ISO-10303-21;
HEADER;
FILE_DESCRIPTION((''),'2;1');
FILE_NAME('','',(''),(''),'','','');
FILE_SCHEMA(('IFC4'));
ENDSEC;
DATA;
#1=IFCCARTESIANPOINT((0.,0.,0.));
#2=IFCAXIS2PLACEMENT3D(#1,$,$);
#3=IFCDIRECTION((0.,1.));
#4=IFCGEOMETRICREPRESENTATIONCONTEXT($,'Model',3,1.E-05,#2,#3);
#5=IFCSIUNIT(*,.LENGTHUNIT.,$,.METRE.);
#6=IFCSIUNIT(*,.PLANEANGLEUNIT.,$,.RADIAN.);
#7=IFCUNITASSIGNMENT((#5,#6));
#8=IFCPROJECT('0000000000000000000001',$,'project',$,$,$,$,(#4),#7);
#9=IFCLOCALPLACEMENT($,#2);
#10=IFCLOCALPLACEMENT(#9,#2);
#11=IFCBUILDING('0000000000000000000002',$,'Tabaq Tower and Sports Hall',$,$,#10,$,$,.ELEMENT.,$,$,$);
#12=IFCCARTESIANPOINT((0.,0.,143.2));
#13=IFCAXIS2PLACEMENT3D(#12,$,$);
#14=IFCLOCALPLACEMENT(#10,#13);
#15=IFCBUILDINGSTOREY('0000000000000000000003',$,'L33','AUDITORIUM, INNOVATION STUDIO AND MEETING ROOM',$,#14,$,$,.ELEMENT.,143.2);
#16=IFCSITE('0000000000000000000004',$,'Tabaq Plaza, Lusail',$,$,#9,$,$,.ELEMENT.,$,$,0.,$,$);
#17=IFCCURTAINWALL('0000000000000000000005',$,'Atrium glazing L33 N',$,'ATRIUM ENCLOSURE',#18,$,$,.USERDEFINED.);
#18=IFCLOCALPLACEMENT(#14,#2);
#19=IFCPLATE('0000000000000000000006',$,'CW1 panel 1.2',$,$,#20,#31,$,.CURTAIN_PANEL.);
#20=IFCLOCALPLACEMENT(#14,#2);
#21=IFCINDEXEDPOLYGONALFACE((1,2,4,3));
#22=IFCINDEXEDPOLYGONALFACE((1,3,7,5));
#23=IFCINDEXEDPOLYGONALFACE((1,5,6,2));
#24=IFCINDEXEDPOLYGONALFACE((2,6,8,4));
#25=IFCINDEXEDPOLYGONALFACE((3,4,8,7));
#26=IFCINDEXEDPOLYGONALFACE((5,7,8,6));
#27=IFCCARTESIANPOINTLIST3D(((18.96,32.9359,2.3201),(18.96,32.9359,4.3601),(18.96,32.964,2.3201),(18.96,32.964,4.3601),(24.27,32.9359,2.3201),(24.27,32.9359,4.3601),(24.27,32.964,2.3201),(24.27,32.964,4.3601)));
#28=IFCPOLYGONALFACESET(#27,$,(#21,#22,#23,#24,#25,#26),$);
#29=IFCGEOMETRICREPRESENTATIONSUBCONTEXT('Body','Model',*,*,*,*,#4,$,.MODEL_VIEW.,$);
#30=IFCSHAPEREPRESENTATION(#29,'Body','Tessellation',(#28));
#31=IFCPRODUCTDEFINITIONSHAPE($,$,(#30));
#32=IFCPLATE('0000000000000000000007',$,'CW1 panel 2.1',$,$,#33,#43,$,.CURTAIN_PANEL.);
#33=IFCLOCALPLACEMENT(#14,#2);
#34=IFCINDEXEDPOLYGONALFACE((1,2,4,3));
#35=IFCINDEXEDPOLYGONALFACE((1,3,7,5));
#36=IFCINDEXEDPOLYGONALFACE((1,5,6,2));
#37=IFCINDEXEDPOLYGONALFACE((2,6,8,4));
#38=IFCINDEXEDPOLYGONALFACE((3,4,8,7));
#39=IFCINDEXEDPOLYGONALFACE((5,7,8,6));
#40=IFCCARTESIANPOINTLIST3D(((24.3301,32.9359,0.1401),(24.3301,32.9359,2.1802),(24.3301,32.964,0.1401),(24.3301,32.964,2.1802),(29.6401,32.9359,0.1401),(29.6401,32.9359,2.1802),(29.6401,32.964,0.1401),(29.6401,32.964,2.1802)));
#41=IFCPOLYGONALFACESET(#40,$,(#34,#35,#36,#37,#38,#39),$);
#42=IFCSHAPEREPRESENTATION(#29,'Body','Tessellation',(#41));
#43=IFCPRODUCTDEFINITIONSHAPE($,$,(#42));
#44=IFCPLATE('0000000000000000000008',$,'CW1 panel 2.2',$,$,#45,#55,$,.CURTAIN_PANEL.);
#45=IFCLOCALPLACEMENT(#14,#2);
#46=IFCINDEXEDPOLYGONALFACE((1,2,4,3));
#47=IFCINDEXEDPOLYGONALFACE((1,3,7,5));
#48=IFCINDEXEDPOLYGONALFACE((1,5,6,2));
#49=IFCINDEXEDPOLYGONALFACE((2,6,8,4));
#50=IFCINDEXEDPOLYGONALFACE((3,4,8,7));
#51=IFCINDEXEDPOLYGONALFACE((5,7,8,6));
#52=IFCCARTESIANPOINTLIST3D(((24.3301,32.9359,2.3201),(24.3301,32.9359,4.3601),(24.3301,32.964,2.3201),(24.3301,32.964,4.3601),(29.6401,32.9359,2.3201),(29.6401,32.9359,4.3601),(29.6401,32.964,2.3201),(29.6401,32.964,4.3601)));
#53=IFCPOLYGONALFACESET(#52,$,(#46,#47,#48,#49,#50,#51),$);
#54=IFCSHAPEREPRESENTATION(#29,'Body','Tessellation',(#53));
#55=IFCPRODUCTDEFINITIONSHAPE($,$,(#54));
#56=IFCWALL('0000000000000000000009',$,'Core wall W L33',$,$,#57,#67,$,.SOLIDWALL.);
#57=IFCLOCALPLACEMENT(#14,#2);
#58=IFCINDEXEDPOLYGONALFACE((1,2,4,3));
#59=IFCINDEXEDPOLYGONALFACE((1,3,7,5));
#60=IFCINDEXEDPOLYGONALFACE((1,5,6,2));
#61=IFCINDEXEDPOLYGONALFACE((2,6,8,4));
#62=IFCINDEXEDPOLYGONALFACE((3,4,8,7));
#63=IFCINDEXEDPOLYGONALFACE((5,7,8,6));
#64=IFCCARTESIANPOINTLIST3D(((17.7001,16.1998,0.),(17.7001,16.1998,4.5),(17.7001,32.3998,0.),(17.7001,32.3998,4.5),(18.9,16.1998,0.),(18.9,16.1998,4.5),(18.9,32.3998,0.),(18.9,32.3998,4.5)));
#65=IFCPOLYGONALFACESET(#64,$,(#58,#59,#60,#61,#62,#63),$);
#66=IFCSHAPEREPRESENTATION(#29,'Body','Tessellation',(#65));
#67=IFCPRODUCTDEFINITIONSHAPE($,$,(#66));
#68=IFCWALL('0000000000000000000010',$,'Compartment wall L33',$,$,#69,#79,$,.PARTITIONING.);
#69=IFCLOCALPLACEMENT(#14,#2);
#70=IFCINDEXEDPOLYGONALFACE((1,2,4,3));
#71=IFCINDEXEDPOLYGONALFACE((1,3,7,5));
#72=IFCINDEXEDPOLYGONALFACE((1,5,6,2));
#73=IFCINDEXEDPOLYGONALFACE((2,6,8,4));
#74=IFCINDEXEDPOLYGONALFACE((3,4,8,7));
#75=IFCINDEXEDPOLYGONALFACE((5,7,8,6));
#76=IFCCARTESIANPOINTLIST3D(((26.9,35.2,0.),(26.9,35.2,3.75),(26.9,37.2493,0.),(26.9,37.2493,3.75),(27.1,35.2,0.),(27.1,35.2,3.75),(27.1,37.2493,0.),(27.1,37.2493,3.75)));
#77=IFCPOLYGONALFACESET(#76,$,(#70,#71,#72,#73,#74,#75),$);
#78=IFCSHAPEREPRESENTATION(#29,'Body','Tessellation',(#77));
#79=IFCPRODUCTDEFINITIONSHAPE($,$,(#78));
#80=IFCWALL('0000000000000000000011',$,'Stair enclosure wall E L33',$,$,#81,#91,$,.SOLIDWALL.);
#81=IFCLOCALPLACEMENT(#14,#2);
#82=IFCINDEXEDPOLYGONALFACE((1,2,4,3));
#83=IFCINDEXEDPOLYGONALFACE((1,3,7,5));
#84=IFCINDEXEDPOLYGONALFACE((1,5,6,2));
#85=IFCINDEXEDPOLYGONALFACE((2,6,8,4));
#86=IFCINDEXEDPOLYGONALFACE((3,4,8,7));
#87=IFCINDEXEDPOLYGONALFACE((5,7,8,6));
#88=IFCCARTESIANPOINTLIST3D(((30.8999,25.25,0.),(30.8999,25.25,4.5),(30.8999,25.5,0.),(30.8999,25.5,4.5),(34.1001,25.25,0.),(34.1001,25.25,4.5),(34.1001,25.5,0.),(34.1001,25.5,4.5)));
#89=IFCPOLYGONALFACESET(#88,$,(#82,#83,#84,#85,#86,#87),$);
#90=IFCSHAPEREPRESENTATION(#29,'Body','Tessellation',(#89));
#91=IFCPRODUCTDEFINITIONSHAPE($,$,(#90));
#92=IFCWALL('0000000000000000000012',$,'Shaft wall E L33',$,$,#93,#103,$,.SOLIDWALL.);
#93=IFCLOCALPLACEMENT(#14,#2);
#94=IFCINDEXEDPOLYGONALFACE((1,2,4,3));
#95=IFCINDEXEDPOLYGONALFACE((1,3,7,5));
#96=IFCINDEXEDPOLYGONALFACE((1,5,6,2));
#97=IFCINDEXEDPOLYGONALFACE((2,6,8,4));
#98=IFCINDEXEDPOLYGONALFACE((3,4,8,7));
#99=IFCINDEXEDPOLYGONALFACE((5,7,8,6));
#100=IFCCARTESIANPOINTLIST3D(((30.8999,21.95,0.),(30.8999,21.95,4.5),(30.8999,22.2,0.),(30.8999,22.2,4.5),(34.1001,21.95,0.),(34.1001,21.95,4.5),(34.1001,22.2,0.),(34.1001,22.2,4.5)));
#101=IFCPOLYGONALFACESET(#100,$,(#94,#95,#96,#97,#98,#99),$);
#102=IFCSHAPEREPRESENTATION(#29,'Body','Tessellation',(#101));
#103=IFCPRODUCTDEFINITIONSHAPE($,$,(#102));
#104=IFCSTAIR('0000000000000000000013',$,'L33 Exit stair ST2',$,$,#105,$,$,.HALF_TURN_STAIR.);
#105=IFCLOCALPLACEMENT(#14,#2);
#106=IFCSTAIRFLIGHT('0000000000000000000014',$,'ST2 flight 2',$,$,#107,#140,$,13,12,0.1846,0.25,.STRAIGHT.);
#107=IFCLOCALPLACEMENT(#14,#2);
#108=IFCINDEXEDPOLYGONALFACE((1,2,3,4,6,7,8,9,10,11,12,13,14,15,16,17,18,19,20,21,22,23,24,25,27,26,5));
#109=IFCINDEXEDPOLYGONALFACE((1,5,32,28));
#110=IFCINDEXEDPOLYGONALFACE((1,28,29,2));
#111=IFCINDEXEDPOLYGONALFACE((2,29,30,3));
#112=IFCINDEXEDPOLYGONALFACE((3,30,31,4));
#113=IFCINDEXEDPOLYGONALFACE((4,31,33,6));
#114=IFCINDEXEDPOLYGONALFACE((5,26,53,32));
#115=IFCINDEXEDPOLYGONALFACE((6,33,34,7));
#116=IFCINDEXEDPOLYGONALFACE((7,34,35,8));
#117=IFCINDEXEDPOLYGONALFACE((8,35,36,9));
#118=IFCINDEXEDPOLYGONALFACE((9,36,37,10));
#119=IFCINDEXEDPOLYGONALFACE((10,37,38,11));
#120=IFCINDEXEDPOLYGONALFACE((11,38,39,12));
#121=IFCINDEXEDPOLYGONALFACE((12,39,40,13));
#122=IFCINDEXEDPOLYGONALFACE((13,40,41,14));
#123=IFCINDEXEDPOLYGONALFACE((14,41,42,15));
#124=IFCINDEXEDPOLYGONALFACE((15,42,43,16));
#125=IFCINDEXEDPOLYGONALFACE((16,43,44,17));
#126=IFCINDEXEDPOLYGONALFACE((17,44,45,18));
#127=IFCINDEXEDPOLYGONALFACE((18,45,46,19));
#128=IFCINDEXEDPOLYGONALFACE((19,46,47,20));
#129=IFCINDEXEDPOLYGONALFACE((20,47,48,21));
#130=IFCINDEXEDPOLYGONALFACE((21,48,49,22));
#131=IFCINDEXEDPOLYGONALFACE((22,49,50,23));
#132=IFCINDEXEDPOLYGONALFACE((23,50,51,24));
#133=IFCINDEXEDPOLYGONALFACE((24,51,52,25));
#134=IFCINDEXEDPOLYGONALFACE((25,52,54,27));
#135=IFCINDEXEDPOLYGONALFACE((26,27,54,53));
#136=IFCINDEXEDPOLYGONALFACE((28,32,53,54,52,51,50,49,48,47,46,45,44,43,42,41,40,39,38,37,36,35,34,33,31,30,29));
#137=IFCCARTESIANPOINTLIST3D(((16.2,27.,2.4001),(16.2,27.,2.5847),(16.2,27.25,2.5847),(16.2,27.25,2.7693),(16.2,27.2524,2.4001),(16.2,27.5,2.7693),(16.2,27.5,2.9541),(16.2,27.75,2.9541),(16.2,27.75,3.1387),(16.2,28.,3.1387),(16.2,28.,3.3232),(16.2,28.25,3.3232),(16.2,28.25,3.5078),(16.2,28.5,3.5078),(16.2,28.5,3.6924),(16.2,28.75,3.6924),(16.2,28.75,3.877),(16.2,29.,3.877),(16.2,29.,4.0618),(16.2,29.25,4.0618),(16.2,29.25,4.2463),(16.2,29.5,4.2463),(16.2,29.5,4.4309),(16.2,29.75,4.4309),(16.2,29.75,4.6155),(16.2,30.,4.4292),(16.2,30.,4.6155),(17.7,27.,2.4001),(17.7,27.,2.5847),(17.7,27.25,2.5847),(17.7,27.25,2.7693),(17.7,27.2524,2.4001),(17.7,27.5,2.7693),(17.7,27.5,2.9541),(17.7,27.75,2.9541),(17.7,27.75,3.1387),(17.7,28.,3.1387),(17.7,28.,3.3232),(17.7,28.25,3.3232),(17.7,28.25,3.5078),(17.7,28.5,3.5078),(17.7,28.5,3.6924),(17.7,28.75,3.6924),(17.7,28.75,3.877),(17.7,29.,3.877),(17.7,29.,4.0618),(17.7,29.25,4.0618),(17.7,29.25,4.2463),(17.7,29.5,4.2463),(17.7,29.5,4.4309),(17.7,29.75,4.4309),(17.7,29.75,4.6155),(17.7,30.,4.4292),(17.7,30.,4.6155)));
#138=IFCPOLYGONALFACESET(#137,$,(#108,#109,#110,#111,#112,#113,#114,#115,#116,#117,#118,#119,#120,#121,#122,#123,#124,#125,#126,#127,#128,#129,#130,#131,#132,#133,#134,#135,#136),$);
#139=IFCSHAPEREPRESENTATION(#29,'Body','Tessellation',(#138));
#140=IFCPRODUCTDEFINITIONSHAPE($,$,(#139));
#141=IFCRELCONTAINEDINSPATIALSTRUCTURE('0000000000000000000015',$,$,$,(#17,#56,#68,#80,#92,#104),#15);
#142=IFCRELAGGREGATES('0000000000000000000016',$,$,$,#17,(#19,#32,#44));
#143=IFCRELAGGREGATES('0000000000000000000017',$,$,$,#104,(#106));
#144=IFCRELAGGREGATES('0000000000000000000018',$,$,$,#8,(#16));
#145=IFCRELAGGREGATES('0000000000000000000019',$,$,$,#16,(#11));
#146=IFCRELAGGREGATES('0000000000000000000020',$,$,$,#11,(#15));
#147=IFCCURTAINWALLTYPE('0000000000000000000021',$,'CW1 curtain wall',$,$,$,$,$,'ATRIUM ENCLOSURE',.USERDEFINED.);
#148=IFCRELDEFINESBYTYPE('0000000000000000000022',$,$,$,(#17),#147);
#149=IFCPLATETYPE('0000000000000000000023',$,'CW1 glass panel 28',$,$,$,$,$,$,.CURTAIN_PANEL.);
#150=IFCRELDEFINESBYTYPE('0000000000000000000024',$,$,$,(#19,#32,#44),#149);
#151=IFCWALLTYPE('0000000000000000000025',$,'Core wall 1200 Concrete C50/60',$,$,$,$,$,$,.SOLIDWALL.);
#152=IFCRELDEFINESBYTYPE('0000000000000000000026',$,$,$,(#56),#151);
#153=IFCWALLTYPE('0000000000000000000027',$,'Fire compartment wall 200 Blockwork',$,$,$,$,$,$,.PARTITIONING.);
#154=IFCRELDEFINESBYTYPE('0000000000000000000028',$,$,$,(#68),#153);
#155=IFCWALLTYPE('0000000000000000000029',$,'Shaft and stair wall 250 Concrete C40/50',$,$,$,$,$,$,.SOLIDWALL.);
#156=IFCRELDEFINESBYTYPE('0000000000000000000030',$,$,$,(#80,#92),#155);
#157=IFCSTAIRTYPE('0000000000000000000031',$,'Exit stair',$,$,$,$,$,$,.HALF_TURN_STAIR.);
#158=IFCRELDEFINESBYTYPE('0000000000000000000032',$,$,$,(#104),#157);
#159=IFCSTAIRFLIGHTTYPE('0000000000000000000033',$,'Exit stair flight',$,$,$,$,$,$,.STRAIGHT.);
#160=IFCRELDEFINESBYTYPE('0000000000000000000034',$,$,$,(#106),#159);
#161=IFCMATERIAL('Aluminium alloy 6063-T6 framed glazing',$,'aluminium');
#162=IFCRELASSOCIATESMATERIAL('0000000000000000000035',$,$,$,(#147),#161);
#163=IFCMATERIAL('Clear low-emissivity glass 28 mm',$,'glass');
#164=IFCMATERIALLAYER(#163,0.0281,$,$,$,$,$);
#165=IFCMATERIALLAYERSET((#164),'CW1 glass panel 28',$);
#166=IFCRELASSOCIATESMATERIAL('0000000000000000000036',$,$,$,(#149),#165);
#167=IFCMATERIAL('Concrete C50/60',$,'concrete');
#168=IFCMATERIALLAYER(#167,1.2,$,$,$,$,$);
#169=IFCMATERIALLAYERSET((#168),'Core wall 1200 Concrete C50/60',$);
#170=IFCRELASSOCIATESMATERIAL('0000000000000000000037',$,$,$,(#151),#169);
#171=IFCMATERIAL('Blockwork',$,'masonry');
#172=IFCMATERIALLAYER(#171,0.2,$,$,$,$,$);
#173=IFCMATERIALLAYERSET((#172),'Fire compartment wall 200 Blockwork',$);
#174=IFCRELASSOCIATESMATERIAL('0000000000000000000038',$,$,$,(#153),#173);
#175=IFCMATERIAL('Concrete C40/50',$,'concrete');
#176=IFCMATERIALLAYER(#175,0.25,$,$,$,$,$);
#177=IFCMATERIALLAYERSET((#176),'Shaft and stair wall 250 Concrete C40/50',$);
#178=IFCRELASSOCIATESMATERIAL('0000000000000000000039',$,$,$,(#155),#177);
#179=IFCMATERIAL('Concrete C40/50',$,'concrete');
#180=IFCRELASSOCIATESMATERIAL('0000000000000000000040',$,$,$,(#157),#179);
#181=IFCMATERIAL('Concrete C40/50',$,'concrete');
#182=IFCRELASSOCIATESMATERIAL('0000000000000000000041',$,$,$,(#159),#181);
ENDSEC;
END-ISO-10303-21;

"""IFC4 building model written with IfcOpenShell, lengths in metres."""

from ifc_helpers import new_model, si_unit, direction, frame, frame_2d, origin, origin_2d, place, context, subcontext, project, spatial, polyline, rectangle, outline, extrude, material, layer, layer_set, type_object, element, aggregate, save


model = new_model("IFC4")

# Units and contexts
model_context = context("Model", 3, precision=1e-05, world=origin(), true_north=direction((0.0, 1.0)))
body_context = subcontext(model_context, "Body", "Model", "MODEL_VIEW")
ifc_project = project(units=[si_unit("LENGTHUNIT", "METRE"), si_unit("PLANEANGLEUNIT", "RADIAN")], contexts=[model_context])

# Site, building, storey
site_placement = place(None, origin())
site = spatial("IfcSite", under=ifc_project, at=site_placement, Name="Tabaq Plaza, Lusail", CompositionType="ELEMENT", RefElevation=0.0)
building_placement = place(site_placement, origin())
building = spatial("IfcBuilding", under=site, at=building_placement, Name="Tabaq Tower and Sports Hall", CompositionType="ELEMENT")
storey_placement = place(building_placement, frame((0.0, 0.0, 143.2)))
storey = spatial("IfcBuildingStorey", under=building, at=storey_placement, Name="L33", Description="AUDITORIUM, INNOVATION STUDIO AND MEETING ROOM", CompositionType="ELEMENT", Elevation=143.2)

# Curtain wall
ifc_material_1 = material(Name="Aluminium alloy 6063-T6 framed glazing", Category="aluminium")
curtain_wall_type = type_object("IfcCurtainWallType", Name="CW1 curtain wall", ElementType="ATRIUM ENCLOSURE", PredefinedType="USERDEFINED", material=ifc_material_1)
curtain_wall_placement = place(storey_placement, origin())
curtain_wall = element("IfcCurtainWall", 1, at=curtain_wall_placement, inside=storey, type_object=curtain_wall_type, Name="Atrium glazing L33 N", ObjectType="ATRIUM ENCLOSURE", PredefinedType="USERDEFINED")

# Plates
ifc_material_2 = material(Name="Clear low-emissivity glass 28 mm", Category="glass")
ifc_layer_1 = layer(ifc_material_2, 0.0281)
ifc_layer_set_1 = layer_set([ifc_layer_1], Name="CW1 glass panel 28")
plate_type = type_object("IfcPlateType", Name="CW1 glass panel 28", PredefinedType="CURTAIN_PANEL", material=ifc_layer_set_1)
plate_1_placement = place(storey_placement, frame((21.615, 32.95, 2.3201), z_axis=(0.0, 0.0, 1.0), x_axis=(1.0, 0.0, 0.0)))
plate_1 = element("IfcPlate", 2, at=plate_1_placement, type_object=plate_type, Name="CW1 panel 1.2", PredefinedType="CURTAIN_PANEL", context=body_context, shape_type="SweptSolid", body=[
    extrude(rectangle(XDim=5.3101, YDim=0.0281, at=origin_2d()), origin(), (0.0, 0.0, 1.0), 2.04),
])
plate_2_placement = place(storey_placement, frame((26.9851, 32.95, 0.1401), z_axis=(0.0, 0.0, 1.0), x_axis=(1.0, 0.0, 0.0)))
plate_2 = element("IfcPlate", 3, at=plate_2_placement, type_object=plate_type, Name="CW1 panel 2.1", PredefinedType="CURTAIN_PANEL", context=body_context, shape_type="SweptSolid", body=[
    extrude(rectangle(XDim=5.3101, YDim=0.0281, at=origin_2d()), origin(), (0.0, 0.0, 1.0), 2.04),
])
plate_3_placement = place(storey_placement, frame((26.9851, 32.95, 2.3201), z_axis=(0.0, 0.0, 1.0), x_axis=(1.0, 0.0, 0.0)))
plate_3 = element("IfcPlate", 4, at=plate_3_placement, type_object=plate_type, Name="CW1 panel 2.2", PredefinedType="CURTAIN_PANEL", context=body_context, shape_type="SweptSolid", body=[
    extrude(rectangle(XDim=5.3101, YDim=0.0281, at=origin_2d()), origin(), (0.0, 0.0, 1.0), 2.04),
])
aggregate(curtain_wall, [plate_1, plate_2, plate_3])

# Wall
ifc_material_3 = material(Name="Concrete C50/60", Category="concrete")
ifc_layer_2 = layer(ifc_material_3, 1.2)
ifc_layer_set_2 = layer_set([ifc_layer_2], Name="Core wall 1200 Concrete C50/60")
wall_type_1 = type_object("IfcWallType", Name="Core wall 1200 Concrete C50/60", PredefinedType="SOLIDWALL", material=ifc_layer_set_2)
wall_1_placement = place(storey_placement, frame((18.3, 32.3999, 0.0), z_axis=(0.0, 0.0, 1.0), x_axis=(0.0, -1.0, 0.0)))
element("IfcWall", 5, at=wall_1_placement, inside=storey, type_object=wall_type_1, Name="Core wall W L33", PredefinedType="SOLIDWALL", context=body_context, shape_type="SweptSolid", body=[
    extrude(rectangle(XDim=16.2, YDim=1.2, at=frame_2d((8.1001, 0.0))), origin(), (0.0, 0.0, 1.0), 4.5),
])

# Walls
ifc_material_4 = material(Name="Blockwork", Category="masonry")
ifc_layer_3 = layer(ifc_material_4, 0.2)
ifc_layer_set_3 = layer_set([ifc_layer_3], Name="Fire compartment wall 200 Blockwork")
wall_type_2 = type_object("IfcWallType", Name="Fire compartment wall 200 Blockwork", PredefinedType="PARTITIONING", material=ifc_layer_set_3)
wall_2_placement = place(storey_placement, frame((27.0, 35.2, 0.0), z_axis=(0.0, 0.0, 1.0), x_axis=(0.0, 1.0, 0.0)))
element("IfcWall", 6, at=wall_2_placement, inside=storey, type_object=wall_type_2, Name="Compartment wall L33", PredefinedType="PARTITIONING", context=body_context, shape_type="SweptSolid", body=[
    extrude(rectangle(XDim=2.0493, YDim=0.2, at=frame_2d((1.0247, 0.0))), origin(), (0.0, 0.0, 1.0), 3.75),
])
ifc_material_5 = material(Name="Concrete C40/50", Category="concrete")
ifc_layer_4 = layer(ifc_material_5, 0.25)
ifc_layer_set_4 = layer_set([ifc_layer_4], Name="Shaft and stair wall 250 Concrete C40/50")
wall_type_3 = type_object("IfcWallType", Name="Shaft and stair wall 250 Concrete C40/50", PredefinedType="SOLIDWALL", material=ifc_layer_set_4)
for number, where, z_axis, x_axis, name in (
    (7, (30.8999, 25.375, 0.0), (0.0, 0.0, 1.0), (1.0, 0.0, 0.0), "Stair enclosure wall E L33"),
    (8, (30.8999, 22.075, 0.0), (0.0, 0.0, 1.0), (1.0, 0.0, 0.0), "Shaft wall E L33"),
):
    element("IfcWall", number, at=place(storey_placement, frame(where, z_axis=z_axis, x_axis=x_axis)), inside=storey, type_object=wall_type_3, Name=name, PredefinedType="SOLIDWALL", context=body_context, shape_type="SweptSolid", body=[
        extrude(rectangle(XDim=3.2002, YDim=0.25, at=frame_2d((1.6001, 0.0))), origin(), (0.0, 0.0, 1.0), 4.5),
    ])

# Stair, stair flight
ifc_material_6 = material(Name="Concrete C40/50", Category="concrete")
stair_type = type_object("IfcStairType", Name="Exit stair", PredefinedType="HALF_TURN_STAIR", material=ifc_material_6)
stair_placement = place(storey_placement, origin())
stair = element("IfcStair", 9, at=stair_placement, inside=storey, type_object=stair_type, Name="L33 Exit stair ST2", PredefinedType="HALF_TURN_STAIR")
ifc_material_7 = material(Name="Concrete C40/50", Category="concrete")
stair_flight_type = type_object("IfcStairFlightType", Name="Exit stair flight", PredefinedType="STRAIGHT", material=ifc_material_7)
stair_flight_placement = place(storey_placement, frame((16.95, 27.0, 2.4001), z_axis=(0.0, 0.0, 1.0), x_axis=(0.0, 1.0, 0.0)))
stair_flight = element("IfcStairFlight", 10, at=stair_flight_placement, type_object=stair_flight_type, Name="ST2 flight 2", NumberOfRisers=13, NumberOfTreads=12, PredefinedType="STRAIGHT", RiserHeight=0.1846, TreadLength=0.25, context=body_context, shape_type="SweptSolid", body=[
    extrude(outline(polyline([(0.0, 0.0), (0.0, 0.1846), (0.25, 0.1846), (0.25, 0.3691), (0.5, 0.3691), (0.5, 0.554), (0.75, 0.554), (0.75, 0.7385), (1.0, 0.7385), (1.0, 0.9231), (1.25, 0.9231), (1.25, 1.1077), (1.5, 1.1077), (1.5, 1.2922), (1.75, 1.2922), (1.75, 1.4768), (2.0, 1.4768), (2.0, 1.6616), (2.25, 1.6616), (2.25, 1.8462), (2.5, 1.8462), (2.5, 2.0308), (2.75, 2.0308), (2.75, 2.2153), (3.0, 2.2153), (3.0, 2.3999), (3.0, 2.0291), (0.2524, 0.0), (0.0, 0.0)])), frame((0.0, 0.75, 0.0), z_axis=(0.0, -1.0, 0.0), x_axis=(1.0, 0.0, 0.0)), (0.0, 0.0, 1.0), 1.5),
])
aggregate(stair, [stair_flight])

save(model, "model.ifc")
